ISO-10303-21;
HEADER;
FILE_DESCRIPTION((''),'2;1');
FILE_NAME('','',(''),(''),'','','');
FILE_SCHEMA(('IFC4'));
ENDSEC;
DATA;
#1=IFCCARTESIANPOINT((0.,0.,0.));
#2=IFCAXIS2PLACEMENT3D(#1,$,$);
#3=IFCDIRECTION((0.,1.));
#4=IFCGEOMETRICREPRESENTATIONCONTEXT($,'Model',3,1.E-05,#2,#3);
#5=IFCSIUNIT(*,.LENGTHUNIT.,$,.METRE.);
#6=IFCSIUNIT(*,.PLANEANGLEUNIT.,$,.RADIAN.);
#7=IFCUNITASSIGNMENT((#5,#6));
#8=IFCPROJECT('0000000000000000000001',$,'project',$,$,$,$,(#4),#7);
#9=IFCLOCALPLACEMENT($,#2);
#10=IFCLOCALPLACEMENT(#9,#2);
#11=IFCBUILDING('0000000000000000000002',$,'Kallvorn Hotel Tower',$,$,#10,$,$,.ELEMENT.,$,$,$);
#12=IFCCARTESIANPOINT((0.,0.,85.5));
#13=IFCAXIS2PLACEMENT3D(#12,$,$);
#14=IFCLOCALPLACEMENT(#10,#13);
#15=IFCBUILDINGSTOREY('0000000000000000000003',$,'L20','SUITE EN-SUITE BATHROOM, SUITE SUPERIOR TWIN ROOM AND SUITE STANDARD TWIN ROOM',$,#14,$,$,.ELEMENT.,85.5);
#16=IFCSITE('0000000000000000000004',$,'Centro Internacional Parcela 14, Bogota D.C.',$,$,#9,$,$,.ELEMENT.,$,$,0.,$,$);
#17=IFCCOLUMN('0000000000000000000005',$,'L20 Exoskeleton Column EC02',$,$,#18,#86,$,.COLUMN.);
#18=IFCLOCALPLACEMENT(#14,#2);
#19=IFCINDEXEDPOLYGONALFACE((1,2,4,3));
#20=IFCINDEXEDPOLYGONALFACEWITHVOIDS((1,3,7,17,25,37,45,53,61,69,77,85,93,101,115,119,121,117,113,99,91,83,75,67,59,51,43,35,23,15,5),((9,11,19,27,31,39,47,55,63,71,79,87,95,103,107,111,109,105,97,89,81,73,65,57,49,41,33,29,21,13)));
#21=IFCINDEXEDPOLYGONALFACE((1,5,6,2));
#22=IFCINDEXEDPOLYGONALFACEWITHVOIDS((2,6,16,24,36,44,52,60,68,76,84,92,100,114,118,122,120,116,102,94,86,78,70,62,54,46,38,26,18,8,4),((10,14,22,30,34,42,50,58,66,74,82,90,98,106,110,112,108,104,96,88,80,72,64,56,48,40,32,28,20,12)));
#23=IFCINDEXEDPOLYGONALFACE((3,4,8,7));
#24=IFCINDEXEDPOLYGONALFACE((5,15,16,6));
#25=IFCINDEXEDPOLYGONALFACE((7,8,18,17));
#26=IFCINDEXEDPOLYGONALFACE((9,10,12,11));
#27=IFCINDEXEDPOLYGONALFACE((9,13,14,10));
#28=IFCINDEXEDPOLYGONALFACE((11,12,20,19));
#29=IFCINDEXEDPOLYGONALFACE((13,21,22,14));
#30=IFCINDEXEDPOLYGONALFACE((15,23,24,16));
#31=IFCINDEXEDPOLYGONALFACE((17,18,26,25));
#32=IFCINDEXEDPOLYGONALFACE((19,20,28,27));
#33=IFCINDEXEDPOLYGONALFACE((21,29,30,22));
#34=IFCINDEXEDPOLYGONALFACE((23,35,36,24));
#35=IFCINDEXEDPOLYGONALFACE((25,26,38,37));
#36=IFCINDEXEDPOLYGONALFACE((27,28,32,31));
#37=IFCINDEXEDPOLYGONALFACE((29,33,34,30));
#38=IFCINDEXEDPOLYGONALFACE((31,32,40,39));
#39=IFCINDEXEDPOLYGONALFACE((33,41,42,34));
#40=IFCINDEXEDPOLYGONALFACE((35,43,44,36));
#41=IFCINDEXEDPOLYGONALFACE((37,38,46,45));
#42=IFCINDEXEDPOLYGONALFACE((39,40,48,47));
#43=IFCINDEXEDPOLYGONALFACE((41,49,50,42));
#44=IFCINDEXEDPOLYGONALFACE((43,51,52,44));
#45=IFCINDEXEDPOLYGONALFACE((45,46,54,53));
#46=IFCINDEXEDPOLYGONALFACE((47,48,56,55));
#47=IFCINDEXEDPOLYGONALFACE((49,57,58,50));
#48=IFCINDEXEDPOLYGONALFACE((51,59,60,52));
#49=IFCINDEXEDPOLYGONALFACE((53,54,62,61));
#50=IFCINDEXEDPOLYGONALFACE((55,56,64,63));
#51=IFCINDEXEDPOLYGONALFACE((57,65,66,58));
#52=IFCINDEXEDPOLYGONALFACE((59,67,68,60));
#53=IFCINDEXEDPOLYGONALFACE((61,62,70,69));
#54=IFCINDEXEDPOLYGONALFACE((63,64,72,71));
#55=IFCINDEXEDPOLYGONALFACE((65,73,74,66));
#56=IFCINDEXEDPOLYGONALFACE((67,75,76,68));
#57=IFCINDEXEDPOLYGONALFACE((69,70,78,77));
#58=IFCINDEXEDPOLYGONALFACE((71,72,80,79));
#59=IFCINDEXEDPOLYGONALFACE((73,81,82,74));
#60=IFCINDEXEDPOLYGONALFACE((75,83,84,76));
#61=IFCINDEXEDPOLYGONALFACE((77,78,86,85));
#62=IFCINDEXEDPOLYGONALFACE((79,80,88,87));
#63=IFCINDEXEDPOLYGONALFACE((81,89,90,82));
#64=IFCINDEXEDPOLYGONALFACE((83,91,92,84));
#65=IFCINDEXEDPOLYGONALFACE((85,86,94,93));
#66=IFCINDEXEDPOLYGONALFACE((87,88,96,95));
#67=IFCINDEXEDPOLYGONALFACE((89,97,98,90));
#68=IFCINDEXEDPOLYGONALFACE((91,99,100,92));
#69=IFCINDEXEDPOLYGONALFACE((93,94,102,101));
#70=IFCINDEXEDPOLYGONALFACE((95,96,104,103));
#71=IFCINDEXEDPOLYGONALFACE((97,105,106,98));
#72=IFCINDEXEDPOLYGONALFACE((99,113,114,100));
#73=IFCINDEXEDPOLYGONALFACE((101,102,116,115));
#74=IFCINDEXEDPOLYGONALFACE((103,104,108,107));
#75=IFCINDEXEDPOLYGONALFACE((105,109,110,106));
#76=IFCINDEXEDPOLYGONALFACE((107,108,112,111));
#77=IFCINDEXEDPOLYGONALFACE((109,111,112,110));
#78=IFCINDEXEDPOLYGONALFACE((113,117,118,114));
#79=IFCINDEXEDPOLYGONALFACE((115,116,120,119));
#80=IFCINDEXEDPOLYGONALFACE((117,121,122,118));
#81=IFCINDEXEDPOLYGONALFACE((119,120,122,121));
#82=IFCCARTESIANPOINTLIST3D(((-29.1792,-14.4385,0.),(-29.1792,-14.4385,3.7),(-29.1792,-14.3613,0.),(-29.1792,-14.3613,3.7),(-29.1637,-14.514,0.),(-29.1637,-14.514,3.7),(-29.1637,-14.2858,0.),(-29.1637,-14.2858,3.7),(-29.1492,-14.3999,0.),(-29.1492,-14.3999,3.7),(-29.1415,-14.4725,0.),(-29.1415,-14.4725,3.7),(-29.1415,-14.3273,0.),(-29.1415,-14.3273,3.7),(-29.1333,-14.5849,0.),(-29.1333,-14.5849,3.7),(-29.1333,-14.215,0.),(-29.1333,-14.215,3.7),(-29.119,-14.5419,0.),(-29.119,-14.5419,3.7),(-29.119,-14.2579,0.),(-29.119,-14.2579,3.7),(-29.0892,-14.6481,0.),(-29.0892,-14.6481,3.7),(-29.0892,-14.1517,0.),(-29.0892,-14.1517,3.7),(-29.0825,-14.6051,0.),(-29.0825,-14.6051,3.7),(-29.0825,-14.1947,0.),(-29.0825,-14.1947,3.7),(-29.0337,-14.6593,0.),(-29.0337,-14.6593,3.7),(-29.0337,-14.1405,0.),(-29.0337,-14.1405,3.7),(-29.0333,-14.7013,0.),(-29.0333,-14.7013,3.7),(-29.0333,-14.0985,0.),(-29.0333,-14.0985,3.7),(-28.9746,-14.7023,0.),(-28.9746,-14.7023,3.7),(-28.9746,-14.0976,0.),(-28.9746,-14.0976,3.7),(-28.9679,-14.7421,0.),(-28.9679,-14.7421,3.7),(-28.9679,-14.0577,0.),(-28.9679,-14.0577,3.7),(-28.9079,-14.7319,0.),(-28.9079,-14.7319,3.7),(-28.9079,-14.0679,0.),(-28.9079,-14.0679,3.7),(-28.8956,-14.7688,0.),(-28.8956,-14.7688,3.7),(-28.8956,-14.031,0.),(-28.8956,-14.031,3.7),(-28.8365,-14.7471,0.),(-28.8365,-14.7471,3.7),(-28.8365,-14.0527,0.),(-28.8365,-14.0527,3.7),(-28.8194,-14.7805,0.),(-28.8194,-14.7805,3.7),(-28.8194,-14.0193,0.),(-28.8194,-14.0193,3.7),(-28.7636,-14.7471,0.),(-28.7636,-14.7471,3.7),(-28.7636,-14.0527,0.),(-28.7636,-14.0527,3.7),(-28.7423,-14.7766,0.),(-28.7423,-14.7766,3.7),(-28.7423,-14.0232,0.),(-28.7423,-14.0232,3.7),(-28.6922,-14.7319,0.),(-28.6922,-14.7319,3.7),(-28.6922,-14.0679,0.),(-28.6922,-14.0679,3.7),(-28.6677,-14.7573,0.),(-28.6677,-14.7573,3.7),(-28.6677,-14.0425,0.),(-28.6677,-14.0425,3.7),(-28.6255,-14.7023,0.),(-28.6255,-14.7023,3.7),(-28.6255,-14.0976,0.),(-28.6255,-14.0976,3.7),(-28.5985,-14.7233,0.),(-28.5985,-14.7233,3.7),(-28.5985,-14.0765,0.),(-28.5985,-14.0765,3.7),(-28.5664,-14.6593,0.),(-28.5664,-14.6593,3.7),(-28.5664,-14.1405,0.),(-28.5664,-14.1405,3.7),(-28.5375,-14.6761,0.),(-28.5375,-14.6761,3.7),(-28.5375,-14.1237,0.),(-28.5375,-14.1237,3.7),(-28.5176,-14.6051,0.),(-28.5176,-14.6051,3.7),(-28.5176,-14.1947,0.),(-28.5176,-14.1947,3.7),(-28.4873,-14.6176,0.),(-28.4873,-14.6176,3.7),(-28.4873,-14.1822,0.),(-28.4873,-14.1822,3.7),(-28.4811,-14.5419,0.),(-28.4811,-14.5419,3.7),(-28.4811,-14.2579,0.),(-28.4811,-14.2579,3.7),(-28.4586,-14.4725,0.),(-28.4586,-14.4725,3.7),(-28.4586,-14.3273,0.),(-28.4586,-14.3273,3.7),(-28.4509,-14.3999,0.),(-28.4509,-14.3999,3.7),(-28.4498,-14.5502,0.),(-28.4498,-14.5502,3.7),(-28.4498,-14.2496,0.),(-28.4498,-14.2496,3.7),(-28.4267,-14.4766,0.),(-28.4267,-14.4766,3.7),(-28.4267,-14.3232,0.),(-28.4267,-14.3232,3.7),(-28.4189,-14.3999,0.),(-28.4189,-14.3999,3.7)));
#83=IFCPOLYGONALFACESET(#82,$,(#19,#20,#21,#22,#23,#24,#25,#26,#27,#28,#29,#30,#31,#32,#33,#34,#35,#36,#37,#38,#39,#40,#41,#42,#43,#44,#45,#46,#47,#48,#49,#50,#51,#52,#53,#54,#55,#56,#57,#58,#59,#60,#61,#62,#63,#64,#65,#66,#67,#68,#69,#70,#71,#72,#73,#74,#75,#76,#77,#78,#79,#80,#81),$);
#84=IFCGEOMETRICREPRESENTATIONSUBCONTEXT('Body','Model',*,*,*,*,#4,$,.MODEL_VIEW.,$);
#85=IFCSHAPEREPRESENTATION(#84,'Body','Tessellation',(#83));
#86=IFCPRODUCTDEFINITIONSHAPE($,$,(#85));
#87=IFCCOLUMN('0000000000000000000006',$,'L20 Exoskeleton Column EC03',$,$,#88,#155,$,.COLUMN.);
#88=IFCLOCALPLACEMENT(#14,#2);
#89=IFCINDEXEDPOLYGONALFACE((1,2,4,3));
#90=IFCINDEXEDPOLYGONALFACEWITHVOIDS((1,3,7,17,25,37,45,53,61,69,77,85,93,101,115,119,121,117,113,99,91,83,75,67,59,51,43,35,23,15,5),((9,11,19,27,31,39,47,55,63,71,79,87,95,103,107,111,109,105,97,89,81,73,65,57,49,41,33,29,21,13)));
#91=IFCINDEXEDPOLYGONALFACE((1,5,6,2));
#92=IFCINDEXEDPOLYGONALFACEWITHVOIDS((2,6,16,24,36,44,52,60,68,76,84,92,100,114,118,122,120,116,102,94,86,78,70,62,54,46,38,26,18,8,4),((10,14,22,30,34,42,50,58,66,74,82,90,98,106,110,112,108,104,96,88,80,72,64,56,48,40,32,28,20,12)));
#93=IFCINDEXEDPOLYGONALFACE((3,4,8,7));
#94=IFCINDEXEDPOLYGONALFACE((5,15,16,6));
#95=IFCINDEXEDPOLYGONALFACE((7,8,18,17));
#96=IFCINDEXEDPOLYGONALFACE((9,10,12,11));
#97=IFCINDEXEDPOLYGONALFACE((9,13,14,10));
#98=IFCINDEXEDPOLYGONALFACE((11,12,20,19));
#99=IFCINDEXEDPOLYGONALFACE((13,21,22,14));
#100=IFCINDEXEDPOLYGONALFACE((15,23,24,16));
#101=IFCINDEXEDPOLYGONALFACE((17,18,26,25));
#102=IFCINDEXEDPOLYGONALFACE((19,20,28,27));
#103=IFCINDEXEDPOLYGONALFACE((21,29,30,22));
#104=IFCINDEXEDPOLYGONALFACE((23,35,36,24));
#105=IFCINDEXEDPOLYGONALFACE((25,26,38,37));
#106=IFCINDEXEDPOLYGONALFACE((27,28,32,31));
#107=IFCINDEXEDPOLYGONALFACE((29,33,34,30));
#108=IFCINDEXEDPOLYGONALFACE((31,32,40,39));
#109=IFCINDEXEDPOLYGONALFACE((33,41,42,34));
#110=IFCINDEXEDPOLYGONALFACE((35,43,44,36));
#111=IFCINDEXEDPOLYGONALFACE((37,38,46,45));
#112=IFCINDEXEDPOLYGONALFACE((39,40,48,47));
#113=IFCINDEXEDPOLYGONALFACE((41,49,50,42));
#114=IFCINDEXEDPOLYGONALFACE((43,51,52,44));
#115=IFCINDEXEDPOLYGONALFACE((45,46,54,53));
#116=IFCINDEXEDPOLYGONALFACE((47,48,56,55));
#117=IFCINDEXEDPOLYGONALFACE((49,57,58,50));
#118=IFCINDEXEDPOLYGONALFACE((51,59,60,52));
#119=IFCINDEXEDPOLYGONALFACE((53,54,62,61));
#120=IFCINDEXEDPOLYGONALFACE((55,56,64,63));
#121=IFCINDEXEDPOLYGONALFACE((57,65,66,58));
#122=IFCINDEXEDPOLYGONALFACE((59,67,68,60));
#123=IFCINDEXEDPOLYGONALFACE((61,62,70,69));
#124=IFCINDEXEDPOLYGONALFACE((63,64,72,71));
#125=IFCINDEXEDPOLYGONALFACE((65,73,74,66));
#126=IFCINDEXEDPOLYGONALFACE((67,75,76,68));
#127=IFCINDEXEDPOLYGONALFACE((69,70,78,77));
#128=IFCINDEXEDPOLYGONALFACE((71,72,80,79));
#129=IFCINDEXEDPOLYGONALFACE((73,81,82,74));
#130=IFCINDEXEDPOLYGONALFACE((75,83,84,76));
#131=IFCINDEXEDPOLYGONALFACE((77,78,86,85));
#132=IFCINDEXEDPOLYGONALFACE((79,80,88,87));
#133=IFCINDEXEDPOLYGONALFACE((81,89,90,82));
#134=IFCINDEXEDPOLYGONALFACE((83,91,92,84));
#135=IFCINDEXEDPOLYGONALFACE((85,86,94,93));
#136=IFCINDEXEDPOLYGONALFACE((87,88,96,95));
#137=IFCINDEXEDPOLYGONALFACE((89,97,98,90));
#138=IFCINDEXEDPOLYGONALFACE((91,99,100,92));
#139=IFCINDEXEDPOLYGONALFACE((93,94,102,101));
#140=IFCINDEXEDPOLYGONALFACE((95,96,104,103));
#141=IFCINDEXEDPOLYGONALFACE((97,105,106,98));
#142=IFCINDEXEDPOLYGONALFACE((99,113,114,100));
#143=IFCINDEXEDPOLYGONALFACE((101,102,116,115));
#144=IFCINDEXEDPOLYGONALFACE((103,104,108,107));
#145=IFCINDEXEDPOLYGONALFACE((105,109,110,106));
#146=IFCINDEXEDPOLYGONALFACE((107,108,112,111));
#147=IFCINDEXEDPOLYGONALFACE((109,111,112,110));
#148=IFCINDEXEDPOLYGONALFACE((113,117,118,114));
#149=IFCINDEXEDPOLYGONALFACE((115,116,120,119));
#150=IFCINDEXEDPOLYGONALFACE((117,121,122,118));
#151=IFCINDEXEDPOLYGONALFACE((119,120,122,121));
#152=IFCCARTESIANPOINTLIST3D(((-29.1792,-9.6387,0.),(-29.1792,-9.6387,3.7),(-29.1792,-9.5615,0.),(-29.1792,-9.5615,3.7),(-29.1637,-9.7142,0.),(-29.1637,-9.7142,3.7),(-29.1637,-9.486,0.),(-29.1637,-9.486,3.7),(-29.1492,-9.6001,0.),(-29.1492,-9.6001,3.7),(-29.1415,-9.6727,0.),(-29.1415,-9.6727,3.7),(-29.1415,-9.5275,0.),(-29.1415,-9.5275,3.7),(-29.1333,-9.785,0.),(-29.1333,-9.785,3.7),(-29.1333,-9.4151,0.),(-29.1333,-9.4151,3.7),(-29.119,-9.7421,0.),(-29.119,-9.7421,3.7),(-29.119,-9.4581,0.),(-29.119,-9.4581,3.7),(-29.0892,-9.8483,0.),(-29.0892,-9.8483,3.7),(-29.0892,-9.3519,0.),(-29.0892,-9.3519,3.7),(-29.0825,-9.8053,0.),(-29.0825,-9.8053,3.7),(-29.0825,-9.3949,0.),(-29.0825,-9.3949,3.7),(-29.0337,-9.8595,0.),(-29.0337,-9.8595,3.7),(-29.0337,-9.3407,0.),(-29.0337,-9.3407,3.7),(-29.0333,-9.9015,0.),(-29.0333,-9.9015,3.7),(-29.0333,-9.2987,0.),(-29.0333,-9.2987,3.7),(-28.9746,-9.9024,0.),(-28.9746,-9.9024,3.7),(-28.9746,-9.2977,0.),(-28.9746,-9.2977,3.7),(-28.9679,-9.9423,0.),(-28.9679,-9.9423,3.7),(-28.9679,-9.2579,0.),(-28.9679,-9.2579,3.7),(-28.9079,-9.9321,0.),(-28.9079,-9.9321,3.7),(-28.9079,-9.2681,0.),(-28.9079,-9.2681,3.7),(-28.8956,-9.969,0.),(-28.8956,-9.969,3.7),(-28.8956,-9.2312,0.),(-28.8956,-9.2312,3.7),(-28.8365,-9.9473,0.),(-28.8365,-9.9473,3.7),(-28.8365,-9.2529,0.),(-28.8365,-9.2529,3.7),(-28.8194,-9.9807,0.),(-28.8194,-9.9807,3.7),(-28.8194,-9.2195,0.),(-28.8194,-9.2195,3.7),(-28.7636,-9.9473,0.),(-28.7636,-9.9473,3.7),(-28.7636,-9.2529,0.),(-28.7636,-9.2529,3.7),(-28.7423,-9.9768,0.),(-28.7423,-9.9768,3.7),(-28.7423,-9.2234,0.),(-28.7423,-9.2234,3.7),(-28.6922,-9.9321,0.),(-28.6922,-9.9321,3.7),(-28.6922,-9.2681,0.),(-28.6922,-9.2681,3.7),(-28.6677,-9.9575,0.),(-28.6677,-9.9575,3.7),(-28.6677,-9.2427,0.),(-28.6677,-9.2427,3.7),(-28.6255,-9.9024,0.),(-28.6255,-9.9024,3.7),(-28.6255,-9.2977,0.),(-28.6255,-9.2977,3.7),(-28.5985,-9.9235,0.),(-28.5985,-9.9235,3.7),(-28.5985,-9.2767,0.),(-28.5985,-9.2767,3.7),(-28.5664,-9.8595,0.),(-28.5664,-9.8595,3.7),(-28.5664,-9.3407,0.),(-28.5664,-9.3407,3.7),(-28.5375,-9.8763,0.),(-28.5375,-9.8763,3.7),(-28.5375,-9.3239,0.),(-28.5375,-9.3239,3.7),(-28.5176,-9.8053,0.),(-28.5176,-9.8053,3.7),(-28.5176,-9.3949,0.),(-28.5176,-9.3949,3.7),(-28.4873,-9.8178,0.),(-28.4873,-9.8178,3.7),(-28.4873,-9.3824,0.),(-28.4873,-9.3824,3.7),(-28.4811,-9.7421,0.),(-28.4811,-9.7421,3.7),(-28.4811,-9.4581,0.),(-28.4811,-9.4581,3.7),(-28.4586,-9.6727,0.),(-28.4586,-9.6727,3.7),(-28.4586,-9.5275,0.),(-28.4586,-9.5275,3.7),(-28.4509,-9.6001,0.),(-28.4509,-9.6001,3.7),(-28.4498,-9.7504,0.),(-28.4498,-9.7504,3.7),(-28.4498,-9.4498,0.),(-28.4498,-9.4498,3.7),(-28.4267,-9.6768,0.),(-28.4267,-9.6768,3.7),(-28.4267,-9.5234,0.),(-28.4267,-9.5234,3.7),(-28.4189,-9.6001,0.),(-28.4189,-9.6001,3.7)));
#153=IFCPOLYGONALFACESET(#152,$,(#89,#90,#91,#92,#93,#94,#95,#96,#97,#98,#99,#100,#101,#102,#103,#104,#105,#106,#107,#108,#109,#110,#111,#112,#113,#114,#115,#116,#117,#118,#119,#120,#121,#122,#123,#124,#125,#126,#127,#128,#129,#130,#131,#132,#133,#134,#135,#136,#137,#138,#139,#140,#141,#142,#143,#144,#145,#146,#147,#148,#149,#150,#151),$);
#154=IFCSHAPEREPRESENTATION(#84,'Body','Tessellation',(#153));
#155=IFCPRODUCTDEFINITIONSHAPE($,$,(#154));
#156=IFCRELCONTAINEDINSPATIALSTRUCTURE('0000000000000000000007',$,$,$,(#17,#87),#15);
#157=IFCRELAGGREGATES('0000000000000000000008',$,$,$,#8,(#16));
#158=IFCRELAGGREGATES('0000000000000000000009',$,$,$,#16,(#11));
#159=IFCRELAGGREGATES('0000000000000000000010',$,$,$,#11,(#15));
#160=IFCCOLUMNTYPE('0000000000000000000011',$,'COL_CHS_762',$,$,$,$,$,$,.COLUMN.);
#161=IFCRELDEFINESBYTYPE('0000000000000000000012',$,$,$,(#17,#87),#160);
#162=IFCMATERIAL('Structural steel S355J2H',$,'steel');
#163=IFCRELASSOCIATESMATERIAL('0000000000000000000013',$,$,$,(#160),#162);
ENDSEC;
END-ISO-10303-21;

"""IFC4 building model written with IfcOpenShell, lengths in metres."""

from ifc_helpers import new_model, si_unit, direction, frame, origin, origin_2d, place, context, subcontext, project, spatial, hollow_circle, extrude, material, material_profile, profile_set, type_object, element, save


model = new_model("IFC4")

# Units and contexts
model_context = context("Model", 3, precision=1e-05, world=origin(), true_north=direction((0.0, 1.0)))
body_context = subcontext(model_context, "Body", "Model", "MODEL_VIEW")
ifc_project = project(units=[si_unit("LENGTHUNIT", "METRE"), si_unit("PLANEANGLEUNIT", "RADIAN")], contexts=[model_context])

# Site, building, storey
site_placement = place(None, origin())
site = spatial("IfcSite", under=ifc_project, at=site_placement, Name="Centro Internacional Parcela 14, Bogota D.C.", CompositionType="ELEMENT", RefElevation=0.0)
building_placement = place(site_placement, origin())
building = spatial("IfcBuilding", under=site, at=building_placement, Name="Kallvorn Hotel Tower", CompositionType="ELEMENT")
storey_placement = place(building_placement, frame((0.0, 0.0, 85.5)))
storey = spatial("IfcBuildingStorey", under=building, at=storey_placement, Name="L20", Description="SUITE EN-SUITE BATHROOM, SUITE SUPERIOR TWIN ROOM AND SUITE STANDARD TWIN ROOM", CompositionType="ELEMENT", Elevation=85.5)

# Columns
ifc_material_1 = material(Name="Structural steel S355J2H", Category="steel")
ifc_material_profile_1 = material_profile(ifc_material_1, hollow_circle(Radius=0.3811, WallThickness=0.032, at=origin_2d()), Name="CHS 762x32")
ifc_profile_set_1 = profile_set([ifc_material_profile_1], Name="Structural steel S355J2H")
column_type_1 = type_object("IfcColumnType", Name="COL_CHS_762", PredefinedType="COLUMN", material=ifc_profile_set_1)
for number, where, z_axis, x_axis, name in (
    (1, (-28.8, -14.3999, 0.0), (0.0, 0.0, 1.0), (1.0, 0.0, 0.0), "L20 Exoskeleton Column EC02"),
    (2, (-28.8, -9.6001, 0.0), (0.0, 0.0, 1.0), (1.0, 0.0, 0.0), "L20 Exoskeleton Column EC03"),
):
    element("IfcColumn", number, at=place(storey_placement, frame(where, z_axis=z_axis, x_axis=x_axis)), inside=storey, type_object=column_type_1, Name=name, PredefinedType="COLUMN", context=body_context, shape_type="SweptSolid", body=[
        extrude(hollow_circle(Radius=0.3811, WallThickness=0.032, at=origin_2d()), origin(), (0.0, 0.0, 1.0), 3.7),
    ])

save(model, "model.ifc")
